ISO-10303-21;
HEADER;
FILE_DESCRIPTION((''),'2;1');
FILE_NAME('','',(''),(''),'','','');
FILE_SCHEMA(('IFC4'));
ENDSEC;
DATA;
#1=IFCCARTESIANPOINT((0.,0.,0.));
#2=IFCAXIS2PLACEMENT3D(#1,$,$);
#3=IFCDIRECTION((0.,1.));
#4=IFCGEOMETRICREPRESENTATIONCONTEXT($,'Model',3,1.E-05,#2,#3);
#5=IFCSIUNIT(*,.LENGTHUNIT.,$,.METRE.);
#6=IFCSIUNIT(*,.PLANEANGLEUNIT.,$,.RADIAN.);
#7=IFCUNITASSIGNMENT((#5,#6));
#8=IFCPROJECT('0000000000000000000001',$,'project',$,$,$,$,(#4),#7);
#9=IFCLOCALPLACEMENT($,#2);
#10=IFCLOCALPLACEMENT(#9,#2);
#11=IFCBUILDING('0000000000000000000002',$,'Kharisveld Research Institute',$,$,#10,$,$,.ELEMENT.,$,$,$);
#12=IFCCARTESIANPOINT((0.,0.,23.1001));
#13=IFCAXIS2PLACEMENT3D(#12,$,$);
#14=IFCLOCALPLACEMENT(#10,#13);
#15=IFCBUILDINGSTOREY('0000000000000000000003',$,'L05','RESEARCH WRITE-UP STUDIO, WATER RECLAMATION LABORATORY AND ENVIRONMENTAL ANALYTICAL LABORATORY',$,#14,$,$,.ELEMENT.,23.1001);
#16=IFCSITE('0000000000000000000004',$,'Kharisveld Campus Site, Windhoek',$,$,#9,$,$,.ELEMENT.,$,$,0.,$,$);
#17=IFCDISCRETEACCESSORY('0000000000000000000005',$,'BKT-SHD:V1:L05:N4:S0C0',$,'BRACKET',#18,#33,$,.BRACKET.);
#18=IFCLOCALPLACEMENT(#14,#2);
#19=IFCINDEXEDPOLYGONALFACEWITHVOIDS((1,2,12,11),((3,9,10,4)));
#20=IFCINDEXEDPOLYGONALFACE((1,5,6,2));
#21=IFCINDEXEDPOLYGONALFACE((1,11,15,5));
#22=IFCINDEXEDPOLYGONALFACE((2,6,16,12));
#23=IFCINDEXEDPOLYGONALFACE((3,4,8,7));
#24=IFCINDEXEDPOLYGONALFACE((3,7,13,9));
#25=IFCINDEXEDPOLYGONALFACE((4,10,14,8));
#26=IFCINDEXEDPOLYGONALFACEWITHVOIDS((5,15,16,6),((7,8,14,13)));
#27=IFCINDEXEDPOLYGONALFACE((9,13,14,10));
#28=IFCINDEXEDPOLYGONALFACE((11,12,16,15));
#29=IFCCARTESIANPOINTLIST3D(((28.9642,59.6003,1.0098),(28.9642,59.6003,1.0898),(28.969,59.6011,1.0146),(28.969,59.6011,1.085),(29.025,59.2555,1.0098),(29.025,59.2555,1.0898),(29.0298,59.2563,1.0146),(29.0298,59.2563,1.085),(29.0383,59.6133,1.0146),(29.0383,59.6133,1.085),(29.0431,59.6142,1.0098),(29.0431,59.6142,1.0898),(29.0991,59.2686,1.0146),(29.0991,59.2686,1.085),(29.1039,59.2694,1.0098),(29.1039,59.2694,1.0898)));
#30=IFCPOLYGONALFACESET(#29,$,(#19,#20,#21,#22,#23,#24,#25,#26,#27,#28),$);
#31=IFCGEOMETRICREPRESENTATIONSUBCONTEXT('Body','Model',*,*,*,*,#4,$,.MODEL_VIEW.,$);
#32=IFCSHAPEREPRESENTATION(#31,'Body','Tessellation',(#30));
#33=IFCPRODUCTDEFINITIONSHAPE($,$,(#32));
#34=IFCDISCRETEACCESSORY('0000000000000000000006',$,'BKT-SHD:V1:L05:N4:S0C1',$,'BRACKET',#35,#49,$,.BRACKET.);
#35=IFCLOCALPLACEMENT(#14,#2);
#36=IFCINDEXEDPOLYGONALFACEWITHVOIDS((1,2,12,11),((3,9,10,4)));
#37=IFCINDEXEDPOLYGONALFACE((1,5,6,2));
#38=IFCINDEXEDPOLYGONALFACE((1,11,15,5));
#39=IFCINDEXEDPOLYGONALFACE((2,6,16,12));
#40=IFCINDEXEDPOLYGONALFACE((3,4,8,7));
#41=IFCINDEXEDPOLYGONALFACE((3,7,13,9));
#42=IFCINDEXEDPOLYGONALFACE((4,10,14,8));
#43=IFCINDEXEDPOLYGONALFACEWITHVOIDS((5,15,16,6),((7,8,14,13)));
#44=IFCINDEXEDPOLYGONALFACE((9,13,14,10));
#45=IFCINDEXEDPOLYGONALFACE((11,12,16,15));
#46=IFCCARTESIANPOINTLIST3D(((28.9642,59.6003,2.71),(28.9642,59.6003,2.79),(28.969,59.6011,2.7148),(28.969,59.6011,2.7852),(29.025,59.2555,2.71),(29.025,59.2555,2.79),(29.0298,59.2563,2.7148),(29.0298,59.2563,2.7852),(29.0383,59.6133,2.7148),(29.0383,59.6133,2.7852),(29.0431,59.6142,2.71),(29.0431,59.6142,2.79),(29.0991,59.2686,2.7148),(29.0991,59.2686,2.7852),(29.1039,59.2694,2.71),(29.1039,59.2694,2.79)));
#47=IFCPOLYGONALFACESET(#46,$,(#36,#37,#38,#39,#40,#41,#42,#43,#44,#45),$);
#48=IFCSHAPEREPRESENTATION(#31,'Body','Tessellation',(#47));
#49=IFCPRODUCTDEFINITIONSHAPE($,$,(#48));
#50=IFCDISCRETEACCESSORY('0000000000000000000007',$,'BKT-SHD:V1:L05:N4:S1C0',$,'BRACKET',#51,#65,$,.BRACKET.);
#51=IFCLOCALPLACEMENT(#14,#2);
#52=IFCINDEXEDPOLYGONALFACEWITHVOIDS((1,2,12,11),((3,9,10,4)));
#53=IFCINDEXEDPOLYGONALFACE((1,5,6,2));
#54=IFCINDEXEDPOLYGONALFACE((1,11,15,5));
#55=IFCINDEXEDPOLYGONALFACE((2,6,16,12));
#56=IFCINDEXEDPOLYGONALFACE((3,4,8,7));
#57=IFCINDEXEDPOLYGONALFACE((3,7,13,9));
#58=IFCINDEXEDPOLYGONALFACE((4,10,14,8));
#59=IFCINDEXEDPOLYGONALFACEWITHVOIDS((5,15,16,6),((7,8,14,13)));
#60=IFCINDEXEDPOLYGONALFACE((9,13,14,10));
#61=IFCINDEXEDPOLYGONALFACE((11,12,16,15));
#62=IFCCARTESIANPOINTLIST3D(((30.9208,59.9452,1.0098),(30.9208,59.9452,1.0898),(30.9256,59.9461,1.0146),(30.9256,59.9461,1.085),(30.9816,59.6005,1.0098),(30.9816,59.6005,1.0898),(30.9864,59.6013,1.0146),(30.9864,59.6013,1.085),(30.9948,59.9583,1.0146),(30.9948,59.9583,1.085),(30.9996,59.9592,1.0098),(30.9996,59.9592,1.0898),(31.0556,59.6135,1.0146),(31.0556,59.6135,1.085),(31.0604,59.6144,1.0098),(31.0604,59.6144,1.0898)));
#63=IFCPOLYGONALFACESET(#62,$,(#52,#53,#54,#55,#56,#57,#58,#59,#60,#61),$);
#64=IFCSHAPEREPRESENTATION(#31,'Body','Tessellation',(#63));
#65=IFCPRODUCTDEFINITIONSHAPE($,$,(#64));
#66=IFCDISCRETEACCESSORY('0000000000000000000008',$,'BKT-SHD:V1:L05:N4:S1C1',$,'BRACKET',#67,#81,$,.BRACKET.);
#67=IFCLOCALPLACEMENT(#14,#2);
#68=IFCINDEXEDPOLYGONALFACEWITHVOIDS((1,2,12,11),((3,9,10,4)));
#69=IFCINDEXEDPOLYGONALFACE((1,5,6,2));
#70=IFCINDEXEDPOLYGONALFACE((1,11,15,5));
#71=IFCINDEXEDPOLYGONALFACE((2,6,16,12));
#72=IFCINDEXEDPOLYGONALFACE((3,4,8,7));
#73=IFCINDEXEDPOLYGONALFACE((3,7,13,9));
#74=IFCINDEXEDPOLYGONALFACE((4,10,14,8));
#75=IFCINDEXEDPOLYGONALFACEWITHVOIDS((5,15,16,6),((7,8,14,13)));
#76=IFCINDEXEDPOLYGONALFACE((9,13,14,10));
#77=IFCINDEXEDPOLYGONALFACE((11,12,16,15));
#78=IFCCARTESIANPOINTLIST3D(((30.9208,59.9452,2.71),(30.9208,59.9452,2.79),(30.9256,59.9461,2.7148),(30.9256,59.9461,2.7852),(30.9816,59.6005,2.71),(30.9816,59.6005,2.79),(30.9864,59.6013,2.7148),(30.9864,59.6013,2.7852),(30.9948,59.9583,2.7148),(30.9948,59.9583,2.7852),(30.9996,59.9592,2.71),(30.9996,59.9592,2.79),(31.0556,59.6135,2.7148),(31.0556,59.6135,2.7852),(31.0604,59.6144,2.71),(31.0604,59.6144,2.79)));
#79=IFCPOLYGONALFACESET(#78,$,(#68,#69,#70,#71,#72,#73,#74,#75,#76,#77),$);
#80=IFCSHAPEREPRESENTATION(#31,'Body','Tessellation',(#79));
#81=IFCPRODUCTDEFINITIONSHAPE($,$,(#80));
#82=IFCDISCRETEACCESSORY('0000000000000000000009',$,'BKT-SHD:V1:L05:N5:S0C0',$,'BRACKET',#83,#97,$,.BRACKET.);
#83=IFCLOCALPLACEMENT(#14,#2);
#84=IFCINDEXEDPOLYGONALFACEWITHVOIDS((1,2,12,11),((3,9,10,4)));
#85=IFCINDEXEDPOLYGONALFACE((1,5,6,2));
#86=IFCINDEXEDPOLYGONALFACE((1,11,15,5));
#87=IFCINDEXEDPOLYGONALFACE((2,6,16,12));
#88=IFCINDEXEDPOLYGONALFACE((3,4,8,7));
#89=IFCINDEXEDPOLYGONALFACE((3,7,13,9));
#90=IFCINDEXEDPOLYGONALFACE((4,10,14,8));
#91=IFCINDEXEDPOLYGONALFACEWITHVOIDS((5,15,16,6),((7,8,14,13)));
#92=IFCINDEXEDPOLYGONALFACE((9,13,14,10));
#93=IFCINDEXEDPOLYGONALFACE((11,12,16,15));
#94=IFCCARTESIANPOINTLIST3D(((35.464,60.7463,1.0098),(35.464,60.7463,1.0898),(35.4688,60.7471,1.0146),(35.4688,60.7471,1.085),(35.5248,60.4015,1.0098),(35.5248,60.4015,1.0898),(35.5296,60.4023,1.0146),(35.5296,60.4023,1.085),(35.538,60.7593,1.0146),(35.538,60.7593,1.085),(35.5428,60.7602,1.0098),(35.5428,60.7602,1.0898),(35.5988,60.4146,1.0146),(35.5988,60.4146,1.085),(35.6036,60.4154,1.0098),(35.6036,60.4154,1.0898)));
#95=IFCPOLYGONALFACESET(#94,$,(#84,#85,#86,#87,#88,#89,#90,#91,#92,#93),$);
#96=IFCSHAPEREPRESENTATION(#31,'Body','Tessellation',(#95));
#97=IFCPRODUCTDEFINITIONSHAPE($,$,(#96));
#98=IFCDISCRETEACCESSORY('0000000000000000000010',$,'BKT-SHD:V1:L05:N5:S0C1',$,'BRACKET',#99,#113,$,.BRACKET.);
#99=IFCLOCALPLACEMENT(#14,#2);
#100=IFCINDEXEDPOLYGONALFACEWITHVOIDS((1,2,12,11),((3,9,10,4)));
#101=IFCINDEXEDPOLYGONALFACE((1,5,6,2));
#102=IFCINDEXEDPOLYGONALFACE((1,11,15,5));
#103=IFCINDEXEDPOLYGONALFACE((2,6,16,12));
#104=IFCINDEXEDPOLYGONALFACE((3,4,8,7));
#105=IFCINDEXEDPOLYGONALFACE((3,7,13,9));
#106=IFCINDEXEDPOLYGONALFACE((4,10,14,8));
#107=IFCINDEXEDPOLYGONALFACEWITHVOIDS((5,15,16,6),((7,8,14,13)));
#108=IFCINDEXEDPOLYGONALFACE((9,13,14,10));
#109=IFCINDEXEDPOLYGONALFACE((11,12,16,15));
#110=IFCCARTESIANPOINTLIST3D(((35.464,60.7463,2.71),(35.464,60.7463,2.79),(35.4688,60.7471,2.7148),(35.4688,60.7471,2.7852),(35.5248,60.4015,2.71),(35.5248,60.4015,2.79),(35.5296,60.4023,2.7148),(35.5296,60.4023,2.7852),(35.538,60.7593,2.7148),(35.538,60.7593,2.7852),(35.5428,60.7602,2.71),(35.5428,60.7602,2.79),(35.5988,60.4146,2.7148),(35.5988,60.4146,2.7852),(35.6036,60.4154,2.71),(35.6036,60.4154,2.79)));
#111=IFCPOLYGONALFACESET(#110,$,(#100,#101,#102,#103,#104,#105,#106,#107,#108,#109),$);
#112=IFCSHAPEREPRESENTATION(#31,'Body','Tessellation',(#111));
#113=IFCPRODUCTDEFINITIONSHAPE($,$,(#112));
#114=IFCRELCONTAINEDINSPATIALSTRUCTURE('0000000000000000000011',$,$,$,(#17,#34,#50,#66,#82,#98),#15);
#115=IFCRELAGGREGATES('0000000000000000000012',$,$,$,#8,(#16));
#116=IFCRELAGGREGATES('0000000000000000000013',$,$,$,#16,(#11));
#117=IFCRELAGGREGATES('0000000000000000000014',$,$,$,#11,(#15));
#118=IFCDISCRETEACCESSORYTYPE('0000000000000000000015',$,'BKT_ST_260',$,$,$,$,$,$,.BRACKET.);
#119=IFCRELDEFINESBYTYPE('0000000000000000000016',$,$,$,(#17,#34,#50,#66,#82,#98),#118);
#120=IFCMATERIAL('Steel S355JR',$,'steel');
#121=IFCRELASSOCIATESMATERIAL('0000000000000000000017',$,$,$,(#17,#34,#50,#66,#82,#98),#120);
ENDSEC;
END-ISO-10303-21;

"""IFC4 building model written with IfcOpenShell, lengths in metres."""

from ifc_helpers import new_model, si_unit, direction, frame, origin, origin_2d, place, context, subcontext, project, spatial, hollow_rectangle, extrude, material, type_object, element, save


model = new_model("IFC4")

# Units and contexts
model_context = context("Model", 3, precision=1e-05, world=origin(), true_north=direction((0.0, 1.0)))
body_context = subcontext(model_context, "Body", "Model", "MODEL_VIEW")
ifc_project = project(units=[si_unit("LENGTHUNIT", "METRE"), si_unit("PLANEANGLEUNIT", "RADIAN")], contexts=[model_context])

# Site, building, storey
site_placement = place(None, origin())
site = spatial("IfcSite", under=ifc_project, at=site_placement, Name="Kharisveld Campus Site, Windhoek", CompositionType="ELEMENT", RefElevation=0.0)
building_placement = place(site_placement, origin())
building = spatial("IfcBuilding", under=site, at=building_placement, Name="Kharisveld Research Institute", CompositionType="ELEMENT")
storey_placement = place(building_placement, frame((0.0, 0.0, 23.1001)))
storey = spatial("IfcBuildingStorey", under=building, at=storey_placement, Name="L05", Description="RESEARCH WRITE-UP STUDIO, WATER RECLAMATION LABORATORY AND ENVIRONMENTAL ANALYTICAL LABORATORY", CompositionType="ELEMENT", Elevation=23.1001)

# Discrete accessories
ifc_material_1 = material(Name="Steel S355JR", Category="steel")
discrete_accessory_type = type_object("IfcDiscreteAccessoryType", Name="BKT_ST_260", PredefinedType="BRACKET")
for number, where, z_axis, x_axis, name in (
    (1, (29.0645, 59.2625, 1.0498), (-0.173666, 0.984805, 0.0), (-0.984805, -0.173666, 0.0), "BKT-SHD:V1:L05:N4:S0C0"),
    (2, (29.0645, 59.2625, 2.75), (-0.173666, 0.984805, 0.0), (-0.984805, -0.173666, 0.0), "BKT-SHD:V1:L05:N4:S0C1"),
    (3, (31.021, 59.6074, 1.0498), (-0.173666, 0.984805, 0.0), (-0.984805, -0.173666, 0.0), "BKT-SHD:V1:L05:N4:S1C0"),
    (4, (31.021, 59.6074, 2.75), (-0.173666, 0.984805, 0.0), (-0.984805, -0.173666, 0.0), "BKT-SHD:V1:L05:N4:S1C1"),
    (5, (35.5642, 60.4084, 1.0498), (-0.173666, 0.984805, 0.0), (-0.984805, -0.173666, 0.0), "BKT-SHD:V1:L05:N5:S0C0"),
    (6, (35.5642, 60.4084, 2.75), (-0.173666, 0.984805, 0.0), (-0.984805, -0.173666, 0.0), "BKT-SHD:V1:L05:N5:S0C1"),
):
    element("IfcDiscreteAccessory", number, at=place(storey_placement, frame(where, z_axis=z_axis, x_axis=x_axis)), inside=storey, type_object=discrete_accessory_type, material=ifc_material_1, Name=name, ObjectType="BRACKET", PredefinedType="BRACKET", context=body_context, shape_type="SweptSolid", body=[
        extrude(hollow_rectangle(XDim=0.0801, YDim=0.0801, WallThickness=0.0049, at=origin_2d()), origin(), (0.0, 0.0, 1.0), 0.3501),
    ])

save(model, "model.ifc")
